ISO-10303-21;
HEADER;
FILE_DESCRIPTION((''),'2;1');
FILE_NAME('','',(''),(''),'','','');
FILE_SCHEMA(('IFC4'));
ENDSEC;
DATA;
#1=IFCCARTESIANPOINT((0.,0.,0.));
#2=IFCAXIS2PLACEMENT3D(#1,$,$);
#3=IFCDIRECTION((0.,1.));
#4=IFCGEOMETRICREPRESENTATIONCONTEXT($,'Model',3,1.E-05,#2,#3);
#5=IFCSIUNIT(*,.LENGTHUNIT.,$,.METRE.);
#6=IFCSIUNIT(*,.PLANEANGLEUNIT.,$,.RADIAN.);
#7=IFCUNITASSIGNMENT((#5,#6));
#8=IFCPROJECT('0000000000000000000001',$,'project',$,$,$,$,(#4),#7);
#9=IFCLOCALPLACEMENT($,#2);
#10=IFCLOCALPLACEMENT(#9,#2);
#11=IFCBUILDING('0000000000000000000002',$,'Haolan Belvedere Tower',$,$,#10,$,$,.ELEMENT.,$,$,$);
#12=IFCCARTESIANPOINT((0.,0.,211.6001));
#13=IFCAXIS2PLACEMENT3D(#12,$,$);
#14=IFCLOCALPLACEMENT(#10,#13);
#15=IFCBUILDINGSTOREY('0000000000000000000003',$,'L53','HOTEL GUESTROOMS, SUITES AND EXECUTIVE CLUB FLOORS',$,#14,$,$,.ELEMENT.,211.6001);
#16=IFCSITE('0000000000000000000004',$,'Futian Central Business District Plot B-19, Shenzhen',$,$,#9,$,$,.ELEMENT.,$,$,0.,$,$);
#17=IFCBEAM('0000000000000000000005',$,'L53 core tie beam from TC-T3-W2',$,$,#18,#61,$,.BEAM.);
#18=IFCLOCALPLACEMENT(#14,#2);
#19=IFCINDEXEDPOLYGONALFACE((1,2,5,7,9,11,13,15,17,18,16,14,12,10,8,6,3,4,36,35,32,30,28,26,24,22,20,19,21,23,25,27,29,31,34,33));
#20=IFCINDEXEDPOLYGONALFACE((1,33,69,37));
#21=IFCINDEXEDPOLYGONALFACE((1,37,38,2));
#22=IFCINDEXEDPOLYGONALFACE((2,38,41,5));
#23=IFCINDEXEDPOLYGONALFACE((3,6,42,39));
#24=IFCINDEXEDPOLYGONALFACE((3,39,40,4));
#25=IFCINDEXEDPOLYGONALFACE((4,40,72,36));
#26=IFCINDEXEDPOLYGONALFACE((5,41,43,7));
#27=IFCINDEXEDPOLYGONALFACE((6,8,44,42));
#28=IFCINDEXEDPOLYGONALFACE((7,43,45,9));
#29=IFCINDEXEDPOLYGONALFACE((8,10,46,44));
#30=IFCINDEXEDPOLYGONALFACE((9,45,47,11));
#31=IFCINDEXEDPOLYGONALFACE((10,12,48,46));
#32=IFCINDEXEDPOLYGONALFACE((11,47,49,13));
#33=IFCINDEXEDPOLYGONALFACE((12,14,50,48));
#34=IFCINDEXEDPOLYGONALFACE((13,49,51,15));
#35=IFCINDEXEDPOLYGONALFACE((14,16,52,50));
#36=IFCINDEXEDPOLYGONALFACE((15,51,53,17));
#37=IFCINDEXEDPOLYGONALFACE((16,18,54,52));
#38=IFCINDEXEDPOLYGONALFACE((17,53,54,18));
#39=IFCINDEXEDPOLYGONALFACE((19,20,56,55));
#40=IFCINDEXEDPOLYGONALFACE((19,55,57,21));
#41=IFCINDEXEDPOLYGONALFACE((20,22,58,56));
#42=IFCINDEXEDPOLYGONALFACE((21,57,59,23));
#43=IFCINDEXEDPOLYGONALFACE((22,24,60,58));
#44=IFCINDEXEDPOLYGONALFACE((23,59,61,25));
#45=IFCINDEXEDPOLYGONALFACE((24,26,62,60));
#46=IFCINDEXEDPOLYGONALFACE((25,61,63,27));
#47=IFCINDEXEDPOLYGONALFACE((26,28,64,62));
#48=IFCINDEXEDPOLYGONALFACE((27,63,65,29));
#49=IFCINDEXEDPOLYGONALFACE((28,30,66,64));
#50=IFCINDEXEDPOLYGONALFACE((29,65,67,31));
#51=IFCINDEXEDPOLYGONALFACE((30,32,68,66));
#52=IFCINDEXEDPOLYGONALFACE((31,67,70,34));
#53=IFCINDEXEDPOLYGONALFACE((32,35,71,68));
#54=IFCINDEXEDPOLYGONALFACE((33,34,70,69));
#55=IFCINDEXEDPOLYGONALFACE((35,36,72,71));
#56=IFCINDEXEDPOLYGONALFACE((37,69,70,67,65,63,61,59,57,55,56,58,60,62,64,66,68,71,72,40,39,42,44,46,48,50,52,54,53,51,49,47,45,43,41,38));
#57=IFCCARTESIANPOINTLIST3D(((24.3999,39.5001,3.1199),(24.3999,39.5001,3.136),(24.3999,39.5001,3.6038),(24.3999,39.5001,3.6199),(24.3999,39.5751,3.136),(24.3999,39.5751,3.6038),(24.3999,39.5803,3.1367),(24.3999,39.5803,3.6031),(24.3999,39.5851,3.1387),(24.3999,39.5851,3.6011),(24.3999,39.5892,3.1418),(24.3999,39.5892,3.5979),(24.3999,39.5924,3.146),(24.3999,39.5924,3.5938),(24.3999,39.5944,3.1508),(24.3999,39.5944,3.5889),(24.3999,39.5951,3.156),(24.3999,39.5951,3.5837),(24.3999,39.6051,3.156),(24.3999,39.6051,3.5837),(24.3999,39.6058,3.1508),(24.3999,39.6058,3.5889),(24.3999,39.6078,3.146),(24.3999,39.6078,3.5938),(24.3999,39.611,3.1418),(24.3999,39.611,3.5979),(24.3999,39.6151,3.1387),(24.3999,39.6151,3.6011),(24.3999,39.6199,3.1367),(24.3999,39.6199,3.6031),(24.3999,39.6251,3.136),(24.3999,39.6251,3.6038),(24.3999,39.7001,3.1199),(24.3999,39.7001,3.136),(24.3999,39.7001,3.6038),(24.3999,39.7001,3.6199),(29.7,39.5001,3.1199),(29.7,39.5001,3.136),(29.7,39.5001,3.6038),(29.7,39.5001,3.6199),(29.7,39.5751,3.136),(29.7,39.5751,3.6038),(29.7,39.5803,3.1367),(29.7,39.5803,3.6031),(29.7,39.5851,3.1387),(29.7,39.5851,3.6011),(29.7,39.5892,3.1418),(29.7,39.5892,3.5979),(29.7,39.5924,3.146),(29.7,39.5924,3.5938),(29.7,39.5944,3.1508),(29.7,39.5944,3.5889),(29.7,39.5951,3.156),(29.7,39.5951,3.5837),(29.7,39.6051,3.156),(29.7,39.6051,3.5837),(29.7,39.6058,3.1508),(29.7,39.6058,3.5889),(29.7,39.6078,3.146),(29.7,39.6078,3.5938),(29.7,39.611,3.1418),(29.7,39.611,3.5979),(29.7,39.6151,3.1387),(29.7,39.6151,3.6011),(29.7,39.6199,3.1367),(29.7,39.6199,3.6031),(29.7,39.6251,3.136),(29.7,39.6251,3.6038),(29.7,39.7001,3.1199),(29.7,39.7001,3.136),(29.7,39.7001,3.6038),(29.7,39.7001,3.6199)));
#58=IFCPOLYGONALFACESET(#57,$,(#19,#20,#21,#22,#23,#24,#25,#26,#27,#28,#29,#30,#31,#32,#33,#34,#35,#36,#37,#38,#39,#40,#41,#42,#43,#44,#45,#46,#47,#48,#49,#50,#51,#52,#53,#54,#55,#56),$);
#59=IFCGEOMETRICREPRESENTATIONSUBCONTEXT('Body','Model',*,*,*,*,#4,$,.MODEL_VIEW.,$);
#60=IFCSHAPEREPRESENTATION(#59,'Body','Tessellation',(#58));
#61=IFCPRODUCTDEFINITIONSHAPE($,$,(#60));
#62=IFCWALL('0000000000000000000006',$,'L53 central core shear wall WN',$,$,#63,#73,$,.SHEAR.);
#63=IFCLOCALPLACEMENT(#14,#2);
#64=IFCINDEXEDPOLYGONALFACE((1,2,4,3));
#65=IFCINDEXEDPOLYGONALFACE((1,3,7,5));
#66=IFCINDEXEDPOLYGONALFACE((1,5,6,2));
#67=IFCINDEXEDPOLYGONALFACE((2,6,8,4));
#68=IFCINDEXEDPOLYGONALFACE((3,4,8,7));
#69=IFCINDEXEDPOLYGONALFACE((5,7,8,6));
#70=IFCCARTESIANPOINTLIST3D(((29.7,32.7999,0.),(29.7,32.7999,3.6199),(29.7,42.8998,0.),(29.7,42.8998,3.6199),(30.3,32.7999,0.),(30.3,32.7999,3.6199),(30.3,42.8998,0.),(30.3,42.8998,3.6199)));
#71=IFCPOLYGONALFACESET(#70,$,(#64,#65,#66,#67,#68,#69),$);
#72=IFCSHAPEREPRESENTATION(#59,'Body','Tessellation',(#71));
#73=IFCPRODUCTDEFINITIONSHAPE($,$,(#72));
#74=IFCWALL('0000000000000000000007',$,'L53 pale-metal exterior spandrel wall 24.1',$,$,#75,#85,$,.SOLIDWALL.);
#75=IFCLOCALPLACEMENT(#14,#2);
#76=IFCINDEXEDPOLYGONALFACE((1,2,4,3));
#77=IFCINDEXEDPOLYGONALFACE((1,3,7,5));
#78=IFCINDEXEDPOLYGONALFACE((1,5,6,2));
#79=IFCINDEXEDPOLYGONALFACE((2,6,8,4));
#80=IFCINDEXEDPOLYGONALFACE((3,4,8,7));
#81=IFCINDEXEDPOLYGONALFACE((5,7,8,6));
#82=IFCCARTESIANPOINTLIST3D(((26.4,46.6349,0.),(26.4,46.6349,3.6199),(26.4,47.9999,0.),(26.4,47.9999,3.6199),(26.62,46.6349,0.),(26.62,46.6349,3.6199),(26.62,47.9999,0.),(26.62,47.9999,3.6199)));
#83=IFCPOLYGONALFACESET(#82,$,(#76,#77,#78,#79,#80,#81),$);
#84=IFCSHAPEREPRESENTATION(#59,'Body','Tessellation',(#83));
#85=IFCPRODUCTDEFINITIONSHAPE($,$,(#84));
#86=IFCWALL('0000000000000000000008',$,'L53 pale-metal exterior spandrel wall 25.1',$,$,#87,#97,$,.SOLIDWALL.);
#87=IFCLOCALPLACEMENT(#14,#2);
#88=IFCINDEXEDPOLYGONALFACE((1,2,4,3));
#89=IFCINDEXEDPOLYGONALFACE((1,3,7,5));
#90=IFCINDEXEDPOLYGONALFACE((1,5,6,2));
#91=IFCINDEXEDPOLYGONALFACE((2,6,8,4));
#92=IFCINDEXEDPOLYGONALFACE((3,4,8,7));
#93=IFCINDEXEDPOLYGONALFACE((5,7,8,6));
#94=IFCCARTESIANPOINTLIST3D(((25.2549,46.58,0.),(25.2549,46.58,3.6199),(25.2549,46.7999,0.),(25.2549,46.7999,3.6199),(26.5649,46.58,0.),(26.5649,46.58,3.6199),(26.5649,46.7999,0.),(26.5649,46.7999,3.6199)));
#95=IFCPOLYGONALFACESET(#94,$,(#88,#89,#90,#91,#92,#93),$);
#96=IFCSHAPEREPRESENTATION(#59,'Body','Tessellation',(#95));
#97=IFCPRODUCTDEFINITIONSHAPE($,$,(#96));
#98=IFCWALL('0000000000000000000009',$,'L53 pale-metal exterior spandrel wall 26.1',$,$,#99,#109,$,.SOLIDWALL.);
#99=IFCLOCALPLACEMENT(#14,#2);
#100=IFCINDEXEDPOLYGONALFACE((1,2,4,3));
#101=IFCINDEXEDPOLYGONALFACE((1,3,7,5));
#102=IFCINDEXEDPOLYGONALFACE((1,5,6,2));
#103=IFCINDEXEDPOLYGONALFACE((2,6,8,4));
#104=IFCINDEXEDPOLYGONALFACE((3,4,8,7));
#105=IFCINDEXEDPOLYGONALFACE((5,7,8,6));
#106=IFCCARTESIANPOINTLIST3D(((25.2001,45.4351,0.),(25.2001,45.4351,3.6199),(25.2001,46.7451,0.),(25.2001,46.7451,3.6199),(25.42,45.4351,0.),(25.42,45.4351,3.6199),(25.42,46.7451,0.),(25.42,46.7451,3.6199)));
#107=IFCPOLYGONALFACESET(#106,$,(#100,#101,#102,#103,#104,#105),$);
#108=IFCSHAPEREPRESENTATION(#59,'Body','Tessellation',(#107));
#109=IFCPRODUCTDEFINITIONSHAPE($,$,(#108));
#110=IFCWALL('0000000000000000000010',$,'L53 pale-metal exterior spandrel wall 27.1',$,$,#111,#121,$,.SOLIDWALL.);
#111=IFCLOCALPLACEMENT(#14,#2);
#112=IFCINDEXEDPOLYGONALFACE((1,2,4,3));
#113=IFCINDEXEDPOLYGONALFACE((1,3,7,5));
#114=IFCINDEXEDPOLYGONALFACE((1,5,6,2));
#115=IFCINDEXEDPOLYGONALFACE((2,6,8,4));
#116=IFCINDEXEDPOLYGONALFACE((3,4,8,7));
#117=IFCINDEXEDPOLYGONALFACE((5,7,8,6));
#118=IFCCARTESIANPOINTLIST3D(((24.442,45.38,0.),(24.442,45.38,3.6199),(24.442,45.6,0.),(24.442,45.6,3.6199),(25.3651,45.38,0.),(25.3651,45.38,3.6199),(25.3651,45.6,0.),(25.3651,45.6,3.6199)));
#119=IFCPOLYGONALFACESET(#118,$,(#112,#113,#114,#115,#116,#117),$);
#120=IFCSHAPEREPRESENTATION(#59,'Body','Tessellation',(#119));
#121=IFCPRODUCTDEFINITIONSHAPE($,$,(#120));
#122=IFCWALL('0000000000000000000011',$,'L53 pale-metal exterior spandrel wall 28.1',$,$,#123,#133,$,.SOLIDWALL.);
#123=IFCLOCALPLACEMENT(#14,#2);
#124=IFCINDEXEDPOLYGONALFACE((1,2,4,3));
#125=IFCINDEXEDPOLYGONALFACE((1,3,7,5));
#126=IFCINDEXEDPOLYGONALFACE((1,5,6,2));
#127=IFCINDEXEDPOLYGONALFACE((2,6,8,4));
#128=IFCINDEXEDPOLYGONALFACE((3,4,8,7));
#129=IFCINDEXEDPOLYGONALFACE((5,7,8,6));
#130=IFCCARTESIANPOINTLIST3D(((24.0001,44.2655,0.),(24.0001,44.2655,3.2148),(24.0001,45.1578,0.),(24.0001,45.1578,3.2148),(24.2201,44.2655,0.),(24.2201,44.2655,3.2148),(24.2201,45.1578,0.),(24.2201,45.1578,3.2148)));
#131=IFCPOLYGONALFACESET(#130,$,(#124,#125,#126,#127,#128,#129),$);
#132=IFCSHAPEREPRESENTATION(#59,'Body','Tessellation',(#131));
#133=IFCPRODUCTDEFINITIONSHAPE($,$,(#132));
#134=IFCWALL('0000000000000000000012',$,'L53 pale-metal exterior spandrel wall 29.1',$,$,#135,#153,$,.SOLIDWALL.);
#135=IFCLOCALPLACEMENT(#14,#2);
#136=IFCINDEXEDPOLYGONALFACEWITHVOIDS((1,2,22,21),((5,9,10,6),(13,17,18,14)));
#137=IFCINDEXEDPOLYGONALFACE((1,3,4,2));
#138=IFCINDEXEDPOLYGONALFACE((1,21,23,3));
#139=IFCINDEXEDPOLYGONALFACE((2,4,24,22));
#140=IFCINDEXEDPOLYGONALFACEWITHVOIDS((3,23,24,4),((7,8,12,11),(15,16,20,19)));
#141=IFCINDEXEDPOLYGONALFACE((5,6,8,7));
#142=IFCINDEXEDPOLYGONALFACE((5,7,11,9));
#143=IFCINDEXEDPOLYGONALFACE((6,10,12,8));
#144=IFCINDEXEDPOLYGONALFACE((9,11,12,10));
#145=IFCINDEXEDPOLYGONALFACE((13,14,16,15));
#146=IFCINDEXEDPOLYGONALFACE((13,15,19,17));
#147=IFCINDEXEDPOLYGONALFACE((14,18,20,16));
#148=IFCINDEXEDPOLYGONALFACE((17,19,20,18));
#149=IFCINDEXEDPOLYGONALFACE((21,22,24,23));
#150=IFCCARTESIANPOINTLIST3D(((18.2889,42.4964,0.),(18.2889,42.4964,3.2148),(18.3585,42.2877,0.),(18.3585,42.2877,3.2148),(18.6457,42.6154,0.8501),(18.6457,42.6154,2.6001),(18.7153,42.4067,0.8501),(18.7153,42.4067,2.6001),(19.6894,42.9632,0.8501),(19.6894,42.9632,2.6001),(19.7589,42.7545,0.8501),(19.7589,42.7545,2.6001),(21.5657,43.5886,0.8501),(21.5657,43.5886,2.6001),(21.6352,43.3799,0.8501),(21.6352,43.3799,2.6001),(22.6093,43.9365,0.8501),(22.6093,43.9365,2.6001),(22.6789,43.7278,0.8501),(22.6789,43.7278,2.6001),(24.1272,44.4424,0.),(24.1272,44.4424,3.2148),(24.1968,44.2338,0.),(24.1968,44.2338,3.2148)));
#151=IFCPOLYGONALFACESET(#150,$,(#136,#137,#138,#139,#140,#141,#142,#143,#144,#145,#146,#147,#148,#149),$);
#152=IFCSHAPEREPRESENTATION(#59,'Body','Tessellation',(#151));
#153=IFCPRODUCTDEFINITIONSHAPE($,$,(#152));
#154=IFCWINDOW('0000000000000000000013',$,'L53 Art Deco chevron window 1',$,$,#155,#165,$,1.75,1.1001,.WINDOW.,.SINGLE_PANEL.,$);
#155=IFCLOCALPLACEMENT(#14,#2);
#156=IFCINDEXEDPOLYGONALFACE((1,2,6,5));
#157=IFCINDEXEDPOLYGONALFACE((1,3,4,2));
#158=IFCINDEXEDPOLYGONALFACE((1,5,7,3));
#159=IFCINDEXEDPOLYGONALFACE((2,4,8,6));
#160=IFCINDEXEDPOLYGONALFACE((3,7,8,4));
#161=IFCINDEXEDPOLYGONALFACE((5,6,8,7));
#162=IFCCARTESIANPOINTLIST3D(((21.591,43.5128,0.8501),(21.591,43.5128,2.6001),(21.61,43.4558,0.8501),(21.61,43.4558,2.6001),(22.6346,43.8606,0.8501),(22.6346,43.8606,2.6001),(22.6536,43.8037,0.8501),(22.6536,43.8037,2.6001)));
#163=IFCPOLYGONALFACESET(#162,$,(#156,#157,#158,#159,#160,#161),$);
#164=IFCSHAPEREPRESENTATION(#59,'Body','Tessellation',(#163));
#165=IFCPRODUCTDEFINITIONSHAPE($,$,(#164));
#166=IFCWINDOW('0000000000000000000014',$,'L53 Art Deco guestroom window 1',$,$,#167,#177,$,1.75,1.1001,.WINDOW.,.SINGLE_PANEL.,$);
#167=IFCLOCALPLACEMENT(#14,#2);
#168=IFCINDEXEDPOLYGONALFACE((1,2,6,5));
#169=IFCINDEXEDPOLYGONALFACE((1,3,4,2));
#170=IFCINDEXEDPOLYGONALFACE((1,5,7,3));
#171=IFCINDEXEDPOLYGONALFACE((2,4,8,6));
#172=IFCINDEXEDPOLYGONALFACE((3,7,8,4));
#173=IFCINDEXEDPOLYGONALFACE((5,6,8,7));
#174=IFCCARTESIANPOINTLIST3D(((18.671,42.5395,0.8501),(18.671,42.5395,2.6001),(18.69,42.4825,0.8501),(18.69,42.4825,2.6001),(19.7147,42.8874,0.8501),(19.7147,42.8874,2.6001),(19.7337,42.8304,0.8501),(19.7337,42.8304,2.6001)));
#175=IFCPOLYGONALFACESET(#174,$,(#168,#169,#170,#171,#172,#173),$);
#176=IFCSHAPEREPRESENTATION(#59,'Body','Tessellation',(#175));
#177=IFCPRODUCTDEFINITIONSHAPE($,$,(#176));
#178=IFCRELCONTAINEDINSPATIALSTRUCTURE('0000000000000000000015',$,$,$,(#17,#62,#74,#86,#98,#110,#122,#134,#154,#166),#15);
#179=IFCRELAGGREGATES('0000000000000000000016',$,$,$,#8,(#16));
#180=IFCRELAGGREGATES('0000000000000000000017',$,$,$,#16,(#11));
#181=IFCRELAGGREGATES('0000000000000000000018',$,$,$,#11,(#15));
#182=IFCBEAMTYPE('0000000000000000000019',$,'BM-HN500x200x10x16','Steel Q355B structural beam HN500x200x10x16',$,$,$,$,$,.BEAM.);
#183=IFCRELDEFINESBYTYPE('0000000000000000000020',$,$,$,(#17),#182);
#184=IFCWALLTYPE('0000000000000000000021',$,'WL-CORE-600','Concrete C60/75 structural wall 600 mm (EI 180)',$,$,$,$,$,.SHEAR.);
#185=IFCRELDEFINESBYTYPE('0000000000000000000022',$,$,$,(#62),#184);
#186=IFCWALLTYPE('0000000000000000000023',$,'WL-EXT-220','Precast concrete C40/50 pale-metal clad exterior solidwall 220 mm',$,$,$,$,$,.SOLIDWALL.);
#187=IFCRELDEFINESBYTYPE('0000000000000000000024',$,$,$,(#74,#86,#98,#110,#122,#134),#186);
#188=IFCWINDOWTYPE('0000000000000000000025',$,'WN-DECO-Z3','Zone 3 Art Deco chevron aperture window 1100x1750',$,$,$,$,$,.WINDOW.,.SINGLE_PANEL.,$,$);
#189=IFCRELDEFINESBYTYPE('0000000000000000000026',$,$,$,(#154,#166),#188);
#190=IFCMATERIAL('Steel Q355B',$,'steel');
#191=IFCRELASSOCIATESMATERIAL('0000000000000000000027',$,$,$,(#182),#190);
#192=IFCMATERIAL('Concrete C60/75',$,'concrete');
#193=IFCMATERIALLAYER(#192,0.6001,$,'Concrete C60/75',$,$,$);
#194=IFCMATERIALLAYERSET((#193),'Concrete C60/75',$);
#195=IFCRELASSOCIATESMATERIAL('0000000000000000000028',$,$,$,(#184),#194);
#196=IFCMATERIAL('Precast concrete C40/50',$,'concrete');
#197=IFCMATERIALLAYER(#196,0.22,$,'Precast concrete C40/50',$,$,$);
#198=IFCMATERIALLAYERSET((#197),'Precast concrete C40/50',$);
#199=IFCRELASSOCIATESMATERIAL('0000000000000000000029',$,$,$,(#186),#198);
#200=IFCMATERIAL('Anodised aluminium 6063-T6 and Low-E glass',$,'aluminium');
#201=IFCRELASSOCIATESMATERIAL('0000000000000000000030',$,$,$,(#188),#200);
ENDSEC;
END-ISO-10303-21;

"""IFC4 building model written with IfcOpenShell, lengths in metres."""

from ifc_helpers import new_model, si_unit, direction, frame, frame_2d, origin, origin_2d, place, context, subcontext, project, spatial, rectangle, i_section, extrude, material, layer, layer_set, material_profile, profile_set, type_object, element, fill, save


model = new_model("IFC4")

# Units and contexts
model_context = context("Model", 3, precision=1e-05, world=origin(), true_north=direction((0.0, 1.0)))
body_context = subcontext(model_context, "Body", "Model", "MODEL_VIEW")
ifc_project = project(units=[si_unit("LENGTHUNIT", "METRE"), si_unit("PLANEANGLEUNIT", "RADIAN")], contexts=[model_context])

# Site, building, storey
site_placement = place(None, origin())
site = spatial("IfcSite", under=ifc_project, at=site_placement, Name="Futian Central Business District Plot B-19, Shenzhen", CompositionType="ELEMENT", RefElevation=0.0)
building_placement = place(site_placement, origin())
building = spatial("IfcBuilding", under=site, at=building_placement, Name="Haolan Belvedere Tower", CompositionType="ELEMENT")
storey_placement = place(building_placement, frame((0.0, 0.0, 211.6001)))
storey = spatial("IfcBuildingStorey", under=building, at=storey_placement, Name="L53", Description="HOTEL GUESTROOMS, SUITES AND EXECUTIVE CLUB FLOORS", CompositionType="ELEMENT", Elevation=211.6001)

# Beam
ifc_material_1 = material(Name="Steel Q355B", Category="steel")
ifc_material_profile_1 = material_profile(ifc_material_1, i_section(OverallWidth=0.2, OverallDepth=0.5, WebThickness=0.01, FlangeThickness=0.0161, FilletRadius=0.02, at=origin_2d()), Name="Steel Q355B")
ifc_profile_set_1 = profile_set([ifc_material_profile_1], Name="Steel Q355B")
beam_type_1 = type_object("IfcBeamType", Name="BM-HN500x200x10x16", Description="Steel Q355B structural beam HN500x200x10x16", PredefinedType="BEAM", material=ifc_profile_set_1)
beam_1_placement = place(storey_placement, frame((24.3999, 39.6001, 3.3699), z_axis=(1.0, 0.0, 0.0), x_axis=(0.0, 1.0, 0.0)))
element("IfcBeam", 1, at=beam_1_placement, inside=storey, type_object=beam_type_1, Name="L53 core tie beam from TC-T3-W2", PredefinedType="BEAM", context=body_context, shape_type="SweptSolid", body=[
    extrude(i_section(OverallWidth=0.2, OverallDepth=0.5, WebThickness=0.01, FlangeThickness=0.0161, FilletRadius=0.02, at=origin_2d()), origin(), (0.0, 0.0, 1.0), 5.3),
])

# Shared definitions
ifc_material_2 = material(Name="Concrete C60/75", Category="concrete")
ifc_layer_1 = layer(ifc_material_2, 0.6001, Name="Concrete C60/75")
ifc_layer_set_1 = layer_set([ifc_layer_1], Name="Concrete C60/75")
wall_type_1 = type_object("IfcWallType", Name="WL-CORE-600", Description="Concrete C60/75 structural wall 600 mm (EI 180)", PredefinedType="SHEAR", material=ifc_layer_set_1)

# Walls
wall_1_placement = place(storey_placement, frame((30.0, 32.8, 0.0), z_axis=(0.0, 0.0, 1.0), x_axis=(0.0, 1.0, 0.0)))
element("IfcWall", 2, at=wall_1_placement, inside=storey, type_object=wall_type_1, Name="L53 central core shear wall WN", PredefinedType="SHEAR", context=body_context, shape_type="SweptSolid", body=[
    extrude(rectangle(XDim=10.0999, YDim=0.6001, at=frame_2d((5.0498, 0.0))), origin(), (0.0, 0.0, 1.0), 3.6199),
])
ifc_material_3 = material(Name="Precast concrete C40/50", Category="concrete")
ifc_layer_2 = layer(ifc_material_3, 0.22, Name="Precast concrete C40/50")
ifc_layer_set_2 = layer_set([ifc_layer_2], Name="Precast concrete C40/50")
wall_type_2 = type_object("IfcWallType", Name="WL-EXT-220", Description="Precast concrete C40/50 pale-metal clad exterior solidwall 220 mm", PredefinedType="SOLIDWALL", material=ifc_layer_set_2)
wall_2_placement = place(storey_placement, frame((26.51, 48.0, 0.0), z_axis=(0.0, 0.0, 1.0), x_axis=(0.0, -1.0, 0.0)))
element("IfcWall", 3, at=wall_2_placement, inside=storey, type_object=wall_type_2, Name="L53 pale-metal exterior spandrel wall 24.1", PredefinedType="SOLIDWALL", context=body_context, shape_type="SweptSolid", body=[
    extrude(rectangle(XDim=1.365, YDim=0.22, at=frame_2d((0.6826, 0.0))), origin(), (0.0, 0.0, 1.0), 3.6199),
])
for number, where, z_axis, x_axis, name in (
    (4, (26.5649, 46.6899, 0.0), (0.0, 0.0, 1.0), (-1.0, 0.0, 0.0), "L53 pale-metal exterior spandrel wall 25.1"),
    (5, (25.3101, 46.7451, 0.0), (0.0, 0.0, 1.0), (0.0, -1.0, 0.0), "L53 pale-metal exterior spandrel wall 26.1"),
):
    element("IfcWall", number, at=place(storey_placement, frame(where, z_axis=z_axis, x_axis=x_axis)), inside=storey, type_object=wall_type_2, Name=name, PredefinedType="SOLIDWALL", context=body_context, shape_type="SweptSolid", body=[
        extrude(rectangle(XDim=1.3101, YDim=0.22, at=frame_2d((0.655, 0.0))), origin(), (0.0, 0.0, 1.0), 3.6199),
    ])
wall_3_placement = place(storey_placement, frame((25.365, 45.49, 0.0), z_axis=(0.0, 0.0, 1.0), x_axis=(-1.0, 0.0, 0.0)))
element("IfcWall", 6, at=wall_3_placement, inside=storey, type_object=wall_type_2, Name="L53 pale-metal exterior spandrel wall 27.1", PredefinedType="SOLIDWALL", context=body_context, shape_type="SweptSolid", body=[
    extrude(rectangle(XDim=0.9231, YDim=0.22, at=frame_2d((0.4614, 0.0))), origin(), (0.0, 0.0, 1.0), 3.6199),
])
wall_4_placement = place(storey_placement, frame((24.1101, 45.158, 0.0), z_axis=(0.0, 0.0, 1.0), x_axis=(0.0, -1.0, 0.0)))
element("IfcWall", 7, at=wall_4_placement, inside=storey, type_object=wall_type_2, Name="L53 pale-metal exterior spandrel wall 28.1", PredefinedType="SOLIDWALL", context=body_context, shape_type="SweptSolid", body=[
    extrude(rectangle(XDim=0.8923, YDim=0.22, at=frame_2d((0.4463, 0.0))), origin(), (0.0, 0.0, 1.0), 3.2148),
])

# Wall, openings, windows
wall_5_placement = place(storey_placement, frame((24.1621, 44.3381, 0.0), z_axis=(0.0, 0.0, 1.0), x_axis=(-0.948687, -0.316216, 0.0)))
wall_5 = element("IfcWall", 8, at=wall_5_placement, inside=storey, type_object=wall_type_2, Name="L53 pale-metal exterior spandrel wall 29.1", PredefinedType="SOLIDWALL", context=body_context, shape_type="SweptSolid", body=[
    extrude(rectangle(XDim=6.1541, YDim=0.22, at=frame_2d((3.0771, 0.0))), origin(), (0.0, 0.0, 1.0), 3.2148),
])
opening_1_placement = place(wall_5_placement, frame((1.6001, 0.0, 0.8501)))
opening_1 = element("IfcOpeningElement", 9, at=opening_1_placement, cuts=wall_5, PredefinedType="OPENING", context=body_context, shape_type="SweptSolid", body=[
    extrude(rectangle(XDim=1.1001, YDim=1.75, at=frame_2d((0.55, 0.875))), frame((0.0, 0.1199, 0.0), z_axis=(0.0, -1.0, 0.0), x_axis=(1.0, 0.0, 0.0)), (0.0, 0.0, 1.0), 0.24),
])
opening_2_placement = place(wall_5_placement, frame((4.678, 0.0, 0.8501)))
opening_2 = element("IfcOpeningElement", 10, at=opening_2_placement, cuts=wall_5, PredefinedType="OPENING", context=body_context, shape_type="SweptSolid", body=[
    extrude(rectangle(XDim=1.1001, YDim=1.75, at=frame_2d((0.55, 0.875))), frame((0.0, 0.1199, 0.0), z_axis=(0.0, -1.0, 0.0), x_axis=(1.0, 0.0, 0.0)), (0.0, 0.0, 1.0), 0.24),
])
ifc_material_4 = material(Name="Anodised aluminium 6063-T6 and Low-E glass", Category="aluminium")
window_type = type_object("IfcWindowType", Name="WN-DECO-Z3", Description="Zone 3 Art Deco chevron aperture window 1100x1750", PartitioningType="SINGLE_PANEL", PredefinedType="WINDOW", material=ifc_material_4)
window_1_placement = place(opening_1_placement, origin())
window_1 = element("IfcWindow", 11, at=window_1_placement, inside=storey, type_object=window_type, Name="L53 Art Deco chevron window 1", OverallHeight=1.75, OverallWidth=1.1001, PartitioningType="SINGLE_PANEL", PredefinedType="WINDOW", context=body_context, shape_type="SweptSolid", body=[
    extrude(rectangle(XDim=1.1001, YDim=1.75, at=frame_2d((0.55, 0.875))), frame((0.0, 0.03, 0.0), z_axis=(0.0, -1.0, 0.0), x_axis=(1.0, 0.0, 0.0)), (0.0, 0.0, 1.0), 0.0601),
])
fill(opening_1, window_1)
window_2_placement = place(opening_2_placement, origin())
window_2 = element("IfcWindow", 12, at=window_2_placement, inside=storey, type_object=window_type, Name="L53 Art Deco guestroom window 1", OverallHeight=1.75, OverallWidth=1.1001, PartitioningType="SINGLE_PANEL", PredefinedType="WINDOW", context=body_context, shape_type="SweptSolid", body=[
    extrude(rectangle(XDim=1.1001, YDim=1.75, at=frame_2d((0.55, 0.875))), frame((0.0, 0.03, 0.0), z_axis=(0.0, -1.0, 0.0), x_axis=(1.0, 0.0, 0.0)), (0.0, 0.0, 1.0), 0.0601),
])
fill(opening_2, window_2)

save(model, "model.ifc")
